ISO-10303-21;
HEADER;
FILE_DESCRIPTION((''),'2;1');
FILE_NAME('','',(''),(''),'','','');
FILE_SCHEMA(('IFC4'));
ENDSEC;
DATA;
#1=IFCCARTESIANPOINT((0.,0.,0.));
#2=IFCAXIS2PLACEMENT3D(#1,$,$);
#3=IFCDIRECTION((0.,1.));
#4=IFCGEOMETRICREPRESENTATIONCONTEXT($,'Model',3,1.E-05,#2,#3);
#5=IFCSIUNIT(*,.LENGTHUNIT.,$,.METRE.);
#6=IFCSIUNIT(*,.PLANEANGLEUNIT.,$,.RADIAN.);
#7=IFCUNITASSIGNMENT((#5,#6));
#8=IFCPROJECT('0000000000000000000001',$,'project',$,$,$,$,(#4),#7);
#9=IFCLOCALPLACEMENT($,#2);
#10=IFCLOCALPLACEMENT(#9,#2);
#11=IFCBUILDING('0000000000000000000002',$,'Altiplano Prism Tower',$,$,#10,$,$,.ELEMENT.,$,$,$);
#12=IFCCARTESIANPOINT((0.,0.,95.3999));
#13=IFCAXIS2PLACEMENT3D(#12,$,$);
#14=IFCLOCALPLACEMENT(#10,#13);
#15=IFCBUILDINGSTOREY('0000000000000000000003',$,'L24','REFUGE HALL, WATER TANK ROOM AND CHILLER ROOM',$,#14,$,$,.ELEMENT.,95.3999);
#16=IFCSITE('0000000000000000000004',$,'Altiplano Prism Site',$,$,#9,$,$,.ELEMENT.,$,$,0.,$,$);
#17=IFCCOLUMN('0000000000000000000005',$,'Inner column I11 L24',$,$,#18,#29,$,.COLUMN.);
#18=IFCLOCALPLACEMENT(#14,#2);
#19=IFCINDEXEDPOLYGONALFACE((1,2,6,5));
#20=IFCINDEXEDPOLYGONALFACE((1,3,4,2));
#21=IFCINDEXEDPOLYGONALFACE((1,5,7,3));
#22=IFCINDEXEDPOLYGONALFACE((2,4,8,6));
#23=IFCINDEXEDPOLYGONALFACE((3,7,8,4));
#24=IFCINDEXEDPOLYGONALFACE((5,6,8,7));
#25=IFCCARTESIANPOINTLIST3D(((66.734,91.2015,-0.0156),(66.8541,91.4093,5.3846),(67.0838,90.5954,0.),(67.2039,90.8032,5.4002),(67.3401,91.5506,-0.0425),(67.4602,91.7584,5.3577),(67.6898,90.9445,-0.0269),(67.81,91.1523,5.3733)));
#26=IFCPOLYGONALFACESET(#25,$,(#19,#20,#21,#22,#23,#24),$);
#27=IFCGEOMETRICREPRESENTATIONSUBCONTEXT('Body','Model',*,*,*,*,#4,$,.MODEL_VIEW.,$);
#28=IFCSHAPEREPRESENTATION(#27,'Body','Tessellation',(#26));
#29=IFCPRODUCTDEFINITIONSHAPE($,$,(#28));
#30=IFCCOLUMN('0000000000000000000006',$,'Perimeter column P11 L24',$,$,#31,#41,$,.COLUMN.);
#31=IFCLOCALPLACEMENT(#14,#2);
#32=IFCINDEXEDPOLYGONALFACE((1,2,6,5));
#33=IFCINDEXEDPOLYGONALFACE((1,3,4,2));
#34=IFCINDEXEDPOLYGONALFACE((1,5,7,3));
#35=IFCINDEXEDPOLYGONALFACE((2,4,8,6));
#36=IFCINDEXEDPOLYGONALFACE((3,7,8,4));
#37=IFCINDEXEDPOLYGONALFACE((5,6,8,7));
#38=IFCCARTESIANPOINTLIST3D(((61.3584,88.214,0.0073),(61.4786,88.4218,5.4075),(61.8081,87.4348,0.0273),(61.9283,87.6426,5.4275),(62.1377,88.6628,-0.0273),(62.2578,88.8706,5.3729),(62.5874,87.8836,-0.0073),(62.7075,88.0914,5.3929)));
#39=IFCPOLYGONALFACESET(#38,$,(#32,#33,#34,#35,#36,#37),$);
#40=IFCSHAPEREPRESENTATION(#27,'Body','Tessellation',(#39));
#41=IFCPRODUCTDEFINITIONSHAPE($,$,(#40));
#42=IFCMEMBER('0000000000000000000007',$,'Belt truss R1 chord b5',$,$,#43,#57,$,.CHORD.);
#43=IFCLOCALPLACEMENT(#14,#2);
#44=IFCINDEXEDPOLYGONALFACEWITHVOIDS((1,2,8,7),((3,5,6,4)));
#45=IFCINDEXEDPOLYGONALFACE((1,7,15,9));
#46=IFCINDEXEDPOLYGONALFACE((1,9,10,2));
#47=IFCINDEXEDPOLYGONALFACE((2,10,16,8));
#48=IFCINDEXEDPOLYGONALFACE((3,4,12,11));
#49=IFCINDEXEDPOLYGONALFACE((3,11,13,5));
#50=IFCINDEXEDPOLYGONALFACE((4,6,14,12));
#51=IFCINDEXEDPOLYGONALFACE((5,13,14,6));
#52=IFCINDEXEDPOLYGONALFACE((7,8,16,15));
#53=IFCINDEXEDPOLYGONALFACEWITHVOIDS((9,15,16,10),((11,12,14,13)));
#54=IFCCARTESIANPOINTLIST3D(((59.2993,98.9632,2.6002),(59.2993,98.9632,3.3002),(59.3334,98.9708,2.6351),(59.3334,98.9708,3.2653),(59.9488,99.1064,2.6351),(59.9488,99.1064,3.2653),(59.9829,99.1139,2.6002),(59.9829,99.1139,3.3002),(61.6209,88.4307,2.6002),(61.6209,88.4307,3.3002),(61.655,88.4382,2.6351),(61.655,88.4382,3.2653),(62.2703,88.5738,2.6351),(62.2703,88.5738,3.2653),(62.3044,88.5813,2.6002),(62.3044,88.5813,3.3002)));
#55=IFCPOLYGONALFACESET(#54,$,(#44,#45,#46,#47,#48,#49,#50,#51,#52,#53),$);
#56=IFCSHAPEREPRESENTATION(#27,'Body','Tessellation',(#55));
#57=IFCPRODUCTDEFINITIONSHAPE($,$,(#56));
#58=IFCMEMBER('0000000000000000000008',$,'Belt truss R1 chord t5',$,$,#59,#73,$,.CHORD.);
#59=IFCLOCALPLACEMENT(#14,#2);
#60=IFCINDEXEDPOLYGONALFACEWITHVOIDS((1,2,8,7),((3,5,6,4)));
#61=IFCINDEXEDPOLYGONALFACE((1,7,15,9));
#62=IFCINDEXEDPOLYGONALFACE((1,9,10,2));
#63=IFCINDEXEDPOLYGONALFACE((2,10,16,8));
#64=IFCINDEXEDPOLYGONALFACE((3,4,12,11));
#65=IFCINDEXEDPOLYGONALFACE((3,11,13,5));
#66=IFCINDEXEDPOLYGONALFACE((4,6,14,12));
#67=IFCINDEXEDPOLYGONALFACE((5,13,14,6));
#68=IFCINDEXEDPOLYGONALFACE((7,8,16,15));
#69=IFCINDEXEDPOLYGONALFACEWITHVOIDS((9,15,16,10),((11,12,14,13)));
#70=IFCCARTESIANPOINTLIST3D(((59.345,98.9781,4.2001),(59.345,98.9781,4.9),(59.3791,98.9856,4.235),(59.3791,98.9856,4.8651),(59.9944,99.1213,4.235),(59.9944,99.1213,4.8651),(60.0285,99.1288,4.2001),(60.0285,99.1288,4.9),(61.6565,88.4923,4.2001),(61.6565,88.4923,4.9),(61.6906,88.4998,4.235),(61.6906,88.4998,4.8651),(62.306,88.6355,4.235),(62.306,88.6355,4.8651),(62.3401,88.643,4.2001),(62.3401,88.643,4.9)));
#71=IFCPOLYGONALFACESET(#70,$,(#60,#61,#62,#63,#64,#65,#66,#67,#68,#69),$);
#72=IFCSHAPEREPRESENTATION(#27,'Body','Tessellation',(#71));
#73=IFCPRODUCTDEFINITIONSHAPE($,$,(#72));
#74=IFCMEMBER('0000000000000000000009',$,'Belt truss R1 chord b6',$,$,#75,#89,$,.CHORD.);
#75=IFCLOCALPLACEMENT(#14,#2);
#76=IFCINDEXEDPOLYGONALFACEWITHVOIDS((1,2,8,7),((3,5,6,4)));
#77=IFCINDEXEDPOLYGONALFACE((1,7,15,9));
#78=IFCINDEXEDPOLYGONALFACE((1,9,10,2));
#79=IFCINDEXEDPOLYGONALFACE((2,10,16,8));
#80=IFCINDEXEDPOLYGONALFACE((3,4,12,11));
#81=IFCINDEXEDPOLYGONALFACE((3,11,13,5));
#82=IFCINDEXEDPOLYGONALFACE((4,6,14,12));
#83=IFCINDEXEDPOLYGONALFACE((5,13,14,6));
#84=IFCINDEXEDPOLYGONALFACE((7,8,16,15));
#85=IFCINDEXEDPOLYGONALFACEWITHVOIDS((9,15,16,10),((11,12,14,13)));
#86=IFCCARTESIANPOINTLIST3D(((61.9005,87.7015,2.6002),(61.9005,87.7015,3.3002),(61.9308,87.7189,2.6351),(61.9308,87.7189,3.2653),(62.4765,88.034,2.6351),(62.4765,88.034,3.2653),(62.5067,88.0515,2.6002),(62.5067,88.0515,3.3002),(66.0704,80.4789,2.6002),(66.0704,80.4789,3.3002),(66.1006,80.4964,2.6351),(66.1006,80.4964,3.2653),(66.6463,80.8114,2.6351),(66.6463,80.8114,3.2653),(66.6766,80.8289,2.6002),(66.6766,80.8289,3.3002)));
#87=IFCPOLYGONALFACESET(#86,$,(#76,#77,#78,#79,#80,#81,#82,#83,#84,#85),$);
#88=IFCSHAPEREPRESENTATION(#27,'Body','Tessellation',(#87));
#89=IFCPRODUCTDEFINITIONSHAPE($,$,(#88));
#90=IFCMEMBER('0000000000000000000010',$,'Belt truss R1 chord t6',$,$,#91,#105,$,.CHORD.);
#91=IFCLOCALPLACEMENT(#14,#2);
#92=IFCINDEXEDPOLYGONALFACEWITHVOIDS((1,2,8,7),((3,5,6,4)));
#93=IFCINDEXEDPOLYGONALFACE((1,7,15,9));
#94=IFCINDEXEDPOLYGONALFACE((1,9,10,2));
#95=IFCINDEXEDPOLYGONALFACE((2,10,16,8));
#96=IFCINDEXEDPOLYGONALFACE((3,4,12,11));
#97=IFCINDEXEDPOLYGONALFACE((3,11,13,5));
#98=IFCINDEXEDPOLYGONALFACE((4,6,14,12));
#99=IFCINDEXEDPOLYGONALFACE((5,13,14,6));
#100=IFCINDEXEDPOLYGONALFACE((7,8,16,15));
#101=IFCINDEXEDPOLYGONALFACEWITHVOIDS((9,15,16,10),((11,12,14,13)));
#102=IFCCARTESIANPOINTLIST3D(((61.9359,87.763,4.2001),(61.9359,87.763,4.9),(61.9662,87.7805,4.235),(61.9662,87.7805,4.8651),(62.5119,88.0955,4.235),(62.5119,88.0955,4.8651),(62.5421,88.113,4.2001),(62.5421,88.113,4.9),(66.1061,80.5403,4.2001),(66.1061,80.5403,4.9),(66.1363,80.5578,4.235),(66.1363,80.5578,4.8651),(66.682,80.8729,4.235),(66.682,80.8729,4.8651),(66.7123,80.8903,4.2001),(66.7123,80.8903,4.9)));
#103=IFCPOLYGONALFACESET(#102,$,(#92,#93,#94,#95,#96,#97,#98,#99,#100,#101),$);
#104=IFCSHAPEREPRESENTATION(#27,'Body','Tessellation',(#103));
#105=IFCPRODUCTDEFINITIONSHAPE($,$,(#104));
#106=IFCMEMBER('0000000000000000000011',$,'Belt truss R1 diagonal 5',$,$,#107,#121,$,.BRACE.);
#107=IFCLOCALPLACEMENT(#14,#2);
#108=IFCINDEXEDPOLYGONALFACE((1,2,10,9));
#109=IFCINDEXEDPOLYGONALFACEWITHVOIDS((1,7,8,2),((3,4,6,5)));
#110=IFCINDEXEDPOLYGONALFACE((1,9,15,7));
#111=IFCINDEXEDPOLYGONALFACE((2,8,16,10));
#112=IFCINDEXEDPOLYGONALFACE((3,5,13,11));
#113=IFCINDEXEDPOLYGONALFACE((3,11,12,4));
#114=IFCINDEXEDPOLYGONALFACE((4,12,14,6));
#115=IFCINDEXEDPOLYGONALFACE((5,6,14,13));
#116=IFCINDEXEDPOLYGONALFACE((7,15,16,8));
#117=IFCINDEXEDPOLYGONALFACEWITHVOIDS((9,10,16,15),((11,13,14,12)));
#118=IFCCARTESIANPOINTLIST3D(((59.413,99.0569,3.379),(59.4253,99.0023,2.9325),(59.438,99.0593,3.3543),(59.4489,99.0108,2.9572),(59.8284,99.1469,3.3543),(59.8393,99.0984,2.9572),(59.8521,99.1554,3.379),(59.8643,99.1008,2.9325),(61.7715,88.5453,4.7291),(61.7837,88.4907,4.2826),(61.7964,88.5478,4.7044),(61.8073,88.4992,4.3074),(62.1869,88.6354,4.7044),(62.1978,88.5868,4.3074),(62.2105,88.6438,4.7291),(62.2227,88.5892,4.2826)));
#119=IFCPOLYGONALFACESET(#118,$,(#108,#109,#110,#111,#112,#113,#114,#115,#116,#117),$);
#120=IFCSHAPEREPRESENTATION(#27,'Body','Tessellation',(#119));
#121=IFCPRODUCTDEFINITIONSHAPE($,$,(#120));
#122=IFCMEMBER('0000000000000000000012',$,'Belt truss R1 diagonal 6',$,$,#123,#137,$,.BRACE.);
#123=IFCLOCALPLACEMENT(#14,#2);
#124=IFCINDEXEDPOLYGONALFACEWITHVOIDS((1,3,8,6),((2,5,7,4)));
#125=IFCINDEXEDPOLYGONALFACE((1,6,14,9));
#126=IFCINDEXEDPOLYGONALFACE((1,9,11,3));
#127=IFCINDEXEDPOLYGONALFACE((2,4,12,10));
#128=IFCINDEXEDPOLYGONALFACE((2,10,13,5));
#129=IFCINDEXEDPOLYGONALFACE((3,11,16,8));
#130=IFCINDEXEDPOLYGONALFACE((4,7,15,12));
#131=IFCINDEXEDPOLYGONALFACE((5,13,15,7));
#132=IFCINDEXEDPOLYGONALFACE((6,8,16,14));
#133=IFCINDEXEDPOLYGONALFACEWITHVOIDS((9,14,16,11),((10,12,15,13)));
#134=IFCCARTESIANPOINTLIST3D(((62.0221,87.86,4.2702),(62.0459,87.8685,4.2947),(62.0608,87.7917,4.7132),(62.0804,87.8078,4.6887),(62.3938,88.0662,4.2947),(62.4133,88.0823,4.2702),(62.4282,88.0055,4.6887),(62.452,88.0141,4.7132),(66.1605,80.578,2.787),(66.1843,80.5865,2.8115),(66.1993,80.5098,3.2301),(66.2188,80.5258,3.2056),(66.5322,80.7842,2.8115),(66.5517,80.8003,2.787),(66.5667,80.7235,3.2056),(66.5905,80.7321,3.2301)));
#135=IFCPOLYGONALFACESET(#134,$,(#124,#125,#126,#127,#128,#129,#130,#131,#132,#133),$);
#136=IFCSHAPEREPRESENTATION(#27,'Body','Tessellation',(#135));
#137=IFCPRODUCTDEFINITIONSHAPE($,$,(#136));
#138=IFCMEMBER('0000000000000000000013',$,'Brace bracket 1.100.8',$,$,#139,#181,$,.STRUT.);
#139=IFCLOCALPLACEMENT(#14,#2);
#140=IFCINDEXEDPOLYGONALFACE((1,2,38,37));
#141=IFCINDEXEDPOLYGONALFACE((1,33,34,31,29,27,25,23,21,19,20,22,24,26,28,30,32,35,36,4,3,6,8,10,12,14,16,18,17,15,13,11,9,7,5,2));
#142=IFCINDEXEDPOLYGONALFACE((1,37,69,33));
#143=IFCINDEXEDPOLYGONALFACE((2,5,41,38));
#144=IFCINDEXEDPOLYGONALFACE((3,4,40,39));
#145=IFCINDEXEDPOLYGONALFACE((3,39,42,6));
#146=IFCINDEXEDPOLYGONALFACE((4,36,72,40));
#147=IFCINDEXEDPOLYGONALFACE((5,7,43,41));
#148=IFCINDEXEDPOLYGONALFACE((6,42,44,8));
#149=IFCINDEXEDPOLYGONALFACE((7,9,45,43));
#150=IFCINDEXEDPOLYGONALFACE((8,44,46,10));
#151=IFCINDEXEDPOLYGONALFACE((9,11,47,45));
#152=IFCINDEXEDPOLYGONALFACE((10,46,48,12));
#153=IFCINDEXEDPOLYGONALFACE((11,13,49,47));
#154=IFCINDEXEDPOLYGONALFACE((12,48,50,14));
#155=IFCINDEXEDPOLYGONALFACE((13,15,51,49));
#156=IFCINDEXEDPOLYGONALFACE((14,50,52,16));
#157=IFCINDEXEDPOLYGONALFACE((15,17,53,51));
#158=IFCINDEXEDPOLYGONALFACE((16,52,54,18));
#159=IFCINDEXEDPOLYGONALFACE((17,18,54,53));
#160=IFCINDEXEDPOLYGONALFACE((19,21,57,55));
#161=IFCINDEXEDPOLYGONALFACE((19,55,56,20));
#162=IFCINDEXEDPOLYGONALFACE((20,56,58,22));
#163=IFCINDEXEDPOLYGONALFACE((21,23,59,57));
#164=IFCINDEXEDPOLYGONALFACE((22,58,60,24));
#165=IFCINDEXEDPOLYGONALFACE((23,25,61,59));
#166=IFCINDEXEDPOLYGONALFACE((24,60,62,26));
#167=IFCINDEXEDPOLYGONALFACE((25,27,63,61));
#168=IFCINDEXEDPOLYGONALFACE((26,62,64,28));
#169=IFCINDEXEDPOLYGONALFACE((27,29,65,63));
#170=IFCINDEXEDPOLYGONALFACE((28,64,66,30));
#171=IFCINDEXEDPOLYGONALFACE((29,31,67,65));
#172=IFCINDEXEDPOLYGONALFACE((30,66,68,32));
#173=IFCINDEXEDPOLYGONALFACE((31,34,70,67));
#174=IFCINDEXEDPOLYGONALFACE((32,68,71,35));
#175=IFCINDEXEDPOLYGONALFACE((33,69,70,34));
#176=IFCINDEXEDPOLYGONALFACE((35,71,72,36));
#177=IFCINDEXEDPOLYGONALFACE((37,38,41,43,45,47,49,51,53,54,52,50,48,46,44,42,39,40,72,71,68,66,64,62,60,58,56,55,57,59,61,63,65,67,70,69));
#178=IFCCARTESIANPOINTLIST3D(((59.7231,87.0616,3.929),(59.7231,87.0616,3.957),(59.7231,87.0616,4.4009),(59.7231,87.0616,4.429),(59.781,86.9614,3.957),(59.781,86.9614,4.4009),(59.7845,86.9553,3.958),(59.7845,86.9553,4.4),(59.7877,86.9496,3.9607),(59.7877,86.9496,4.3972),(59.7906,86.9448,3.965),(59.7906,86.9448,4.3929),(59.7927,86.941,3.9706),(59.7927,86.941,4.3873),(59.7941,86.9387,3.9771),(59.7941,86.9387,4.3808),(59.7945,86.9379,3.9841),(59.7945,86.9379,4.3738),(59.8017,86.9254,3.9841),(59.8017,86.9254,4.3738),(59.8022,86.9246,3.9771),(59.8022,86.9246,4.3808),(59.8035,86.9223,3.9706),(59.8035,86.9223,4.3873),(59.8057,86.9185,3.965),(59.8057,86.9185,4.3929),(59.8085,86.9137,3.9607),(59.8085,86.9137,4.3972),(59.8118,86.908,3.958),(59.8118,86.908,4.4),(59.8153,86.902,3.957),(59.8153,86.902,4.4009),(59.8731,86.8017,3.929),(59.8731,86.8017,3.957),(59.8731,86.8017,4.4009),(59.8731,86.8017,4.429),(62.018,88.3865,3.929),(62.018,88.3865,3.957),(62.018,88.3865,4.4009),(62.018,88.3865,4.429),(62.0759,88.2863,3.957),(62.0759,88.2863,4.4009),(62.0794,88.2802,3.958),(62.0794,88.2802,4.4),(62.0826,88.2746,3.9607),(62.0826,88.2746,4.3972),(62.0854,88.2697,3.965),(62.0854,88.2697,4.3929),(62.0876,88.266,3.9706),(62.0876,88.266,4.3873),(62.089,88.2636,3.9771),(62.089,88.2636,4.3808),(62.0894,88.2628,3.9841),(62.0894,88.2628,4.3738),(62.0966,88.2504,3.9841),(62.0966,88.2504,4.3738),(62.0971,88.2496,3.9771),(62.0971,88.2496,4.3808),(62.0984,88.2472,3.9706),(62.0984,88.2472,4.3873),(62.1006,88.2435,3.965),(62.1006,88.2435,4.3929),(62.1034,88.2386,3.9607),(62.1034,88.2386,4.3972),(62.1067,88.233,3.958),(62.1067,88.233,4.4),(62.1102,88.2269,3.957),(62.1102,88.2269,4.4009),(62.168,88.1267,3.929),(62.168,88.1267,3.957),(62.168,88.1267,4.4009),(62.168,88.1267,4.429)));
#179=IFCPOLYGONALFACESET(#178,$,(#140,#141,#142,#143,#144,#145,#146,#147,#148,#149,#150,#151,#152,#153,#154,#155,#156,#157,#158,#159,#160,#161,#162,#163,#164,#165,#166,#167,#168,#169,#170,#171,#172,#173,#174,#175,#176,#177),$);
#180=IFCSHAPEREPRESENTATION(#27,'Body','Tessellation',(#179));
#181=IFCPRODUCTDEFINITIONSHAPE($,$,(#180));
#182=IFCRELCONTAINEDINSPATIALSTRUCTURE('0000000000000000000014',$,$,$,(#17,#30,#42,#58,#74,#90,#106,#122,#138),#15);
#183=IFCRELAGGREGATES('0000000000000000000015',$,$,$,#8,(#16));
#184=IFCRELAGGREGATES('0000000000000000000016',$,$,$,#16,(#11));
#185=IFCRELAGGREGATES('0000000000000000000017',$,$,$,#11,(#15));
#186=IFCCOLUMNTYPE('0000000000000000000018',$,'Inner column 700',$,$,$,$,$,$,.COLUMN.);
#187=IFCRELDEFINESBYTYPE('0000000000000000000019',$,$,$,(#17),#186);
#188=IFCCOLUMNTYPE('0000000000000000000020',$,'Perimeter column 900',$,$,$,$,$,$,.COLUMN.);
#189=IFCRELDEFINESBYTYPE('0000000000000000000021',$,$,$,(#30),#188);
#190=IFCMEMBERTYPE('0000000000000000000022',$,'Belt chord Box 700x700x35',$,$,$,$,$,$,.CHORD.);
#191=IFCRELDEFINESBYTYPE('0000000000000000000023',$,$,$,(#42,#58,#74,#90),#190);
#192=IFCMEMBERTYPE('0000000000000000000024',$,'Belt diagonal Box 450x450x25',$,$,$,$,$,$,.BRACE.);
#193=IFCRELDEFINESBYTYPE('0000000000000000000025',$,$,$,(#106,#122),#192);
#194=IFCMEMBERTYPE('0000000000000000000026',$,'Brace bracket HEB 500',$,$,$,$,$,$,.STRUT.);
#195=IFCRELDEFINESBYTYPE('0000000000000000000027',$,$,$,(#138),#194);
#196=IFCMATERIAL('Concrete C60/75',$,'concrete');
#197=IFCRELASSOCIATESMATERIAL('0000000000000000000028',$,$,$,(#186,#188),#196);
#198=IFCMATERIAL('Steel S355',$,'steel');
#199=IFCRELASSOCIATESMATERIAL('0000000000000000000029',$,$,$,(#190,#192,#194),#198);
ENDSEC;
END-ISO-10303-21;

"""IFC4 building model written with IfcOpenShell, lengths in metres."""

from ifc_helpers import new_model, si_unit, direction, frame, origin, origin_2d, place, context, subcontext, project, spatial, rectangle, hollow_rectangle, i_section, extrude, material, material_profile, profile_set, type_object, element, save


model = new_model("IFC4")

# Units and contexts
model_context = context("Model", 3, precision=1e-05, world=origin(), true_north=direction((0.0, 1.0)))
body_context = subcontext(model_context, "Body", "Model", "MODEL_VIEW")
ifc_project = project(units=[si_unit("LENGTHUNIT", "METRE"), si_unit("PLANEANGLEUNIT", "RADIAN")], contexts=[model_context])

# Site, building, storey
site_placement = place(None, origin())
site = spatial("IfcSite", under=ifc_project, at=site_placement, Name="Altiplano Prism Site", CompositionType="ELEMENT", RefElevation=0.0)
building_placement = place(site_placement, origin())
building = spatial("IfcBuilding", under=site, at=building_placement, Name="Altiplano Prism Tower", CompositionType="ELEMENT")
storey_placement = place(building_placement, frame((0.0, 0.0, 95.3999)))
storey = spatial("IfcBuildingStorey", under=building, at=storey_placement, Name="L24", Description="REFUGE HALL, WATER TANK ROOM AND CHILLER ROOM", CompositionType="ELEMENT", Elevation=95.3999)

# Columns
ifc_material_1 = material(Name="Concrete C60/75", Category="concrete")
ifc_material_profile_1 = material_profile(ifc_material_1, rectangle(XDim=0.7, YDim=0.7, at=origin_2d()), Name="Inner column 700")
ifc_profile_set_1 = profile_set([ifc_material_profile_1], Name="Concrete C60/75")
column_type_1 = type_object("IfcColumnType", Name="Inner column 700", PredefinedType="COLUMN", material=ifc_profile_set_1)
column_1_placement = place(storey_placement, frame((67.2119, 91.073, -0.0212), z_axis=(0.022221, 0.038436, 0.999014), x_axis=(-0.865896, -0.498745, 0.038449)))
element("IfcColumn", 1, at=column_1_placement, inside=storey, type_object=column_type_1, Name="Inner column I11 L24", PredefinedType="COLUMN", context=body_context, shape_type="SweptSolid", body=[
    extrude(rectangle(XDim=0.7, YDim=0.7, at=origin_2d()), origin(), (0.0, 0.0, 1.0), 5.4055),
])
ifc_material_profile_2 = material_profile(ifc_material_1, rectangle(XDim=0.8999, YDim=0.8999, at=origin_2d()), Name="Perimeter column 900")
ifc_profile_set_2 = profile_set([ifc_material_profile_2], Name="Concrete C60/75")
column_type_2 = type_object("IfcColumnType", Name="Perimeter column 900", PredefinedType="COLUMN", material=ifc_profile_set_2)
column_2_placement = place(storey_placement, frame((61.9729, 88.0488, 0.0), z_axis=(0.022221, 0.038436, 0.999014), x_axis=(-0.865896, -0.498745, 0.038449)))
element("IfcColumn", 2, at=column_2_placement, inside=storey, type_object=column_type_2, Name="Perimeter column P11 L24", PredefinedType="COLUMN", context=body_context, shape_type="SweptSolid", body=[
    extrude(rectangle(XDim=0.8999, YDim=0.8999, at=origin_2d()), origin(), (0.0, 0.0, 1.0), 5.4055),
])

# Members
ifc_material_2 = material(Name="Steel S355", Category="steel")
ifc_material_profile_3 = material_profile(ifc_material_2, hollow_rectangle(XDim=0.7, YDim=0.7, WallThickness=0.0349, at=origin_2d()), Name="Belt chord Box 700x700x35")
ifc_profile_set_3 = profile_set([ifc_material_profile_3], Name="Steel S355")
member_type_1 = type_object("IfcMemberType", Name="Belt chord Box 700x700x35", PredefinedType="CHORD", material=ifc_profile_set_3)
member_1_placement = place(storey_placement, frame((59.6411, 99.0386, 2.9502), z_axis=(0.21525, -0.976559, 0.0), x_axis=(0.976559, 0.21525, 0.0)))
element("IfcMember", 3, at=member_1_placement, inside=storey, type_object=member_type_1, Name="Belt truss R1 chord b5", PredefinedType="CHORD", context=body_context, shape_type="SweptSolid", body=[
    extrude(hollow_rectangle(XDim=0.7, YDim=0.7, WallThickness=0.0349, at=origin_2d()), origin(), (0.0, 0.0, 1.0), 10.7854),
])
member_2_placement = place(storey_placement, frame((59.6868, 99.0535, 4.55), z_axis=(0.215274, -0.976554, 0.0), x_axis=(0.976554, 0.215274, 0.0)))
element("IfcMember", 4, at=member_2_placement, inside=storey, type_object=member_type_1, Name="Belt truss R1 chord t5", PredefinedType="CHORD", context=body_context, shape_type="SweptSolid", body=[
    extrude(hollow_rectangle(XDim=0.7, YDim=0.7, WallThickness=0.0349, at=origin_2d()), origin(), (0.0, 0.0, 1.0), 10.7375),
])
member_3_placement = place(storey_placement, frame((62.2036, 87.8765, 2.9502), z_axis=(0.499993, -0.86603, 0.0), x_axis=(0.86603, 0.499993, 0.0)))
element("IfcMember", 5, at=member_3_placement, inside=storey, type_object=member_type_1, Name="Belt truss R1 chord b6", PredefinedType="CHORD", context=body_context, shape_type="SweptSolid", body=[
    extrude(hollow_rectangle(XDim=0.7, YDim=0.7, WallThickness=0.0349, at=origin_2d()), origin(), (0.0, 0.0, 1.0), 8.3398),
])
member_4_placement = place(storey_placement, frame((62.239, 87.938, 4.55), z_axis=(0.500015, -0.866017, 0.0), x_axis=(0.866017, 0.500015, 0.0)))
element("IfcMember", 6, at=member_4_placement, inside=storey, type_object=member_type_1, Name="Belt truss R1 chord t6", PredefinedType="CHORD", context=body_context, shape_type="SweptSolid", body=[
    extrude(hollow_rectangle(XDim=0.7, YDim=0.7, WallThickness=0.0349, at=origin_2d()), origin(), (0.0, 0.0, 1.0), 8.3401),
])
ifc_material_profile_4 = material_profile(ifc_material_2, hollow_rectangle(XDim=0.45, YDim=0.45, WallThickness=0.0249, at=origin_2d()), Name="Belt diagonal Box 450x450x25")
ifc_profile_set_4 = profile_set([ifc_material_profile_4], Name="Steel S355")
member_type_2 = type_object("IfcMemberType", Name="Belt diagonal Box 450x450x25", PredefinedType="BRACE", material=ifc_profile_set_4)
member_5_placement = place(storey_placement, frame((59.6387, 99.0789, 3.1558), z_axis=(0.217222, -0.968169, 0.124352), x_axis=(0.975742, 0.218922, 0.0)))
element("IfcMember", 7, at=member_5_placement, inside=storey, type_object=member_type_2, Name="Belt truss R1 diagonal 5", PredefinedType="BRACE", context=body_context, shape_type="SweptSolid", body=[
    extrude(hollow_rectangle(XDim=0.45, YDim=0.45, WallThickness=0.0249, at=origin_2d()), origin(), (0.0, 0.0, 1.0), 10.8572),
])
member_6_placement = place(storey_placement, frame((62.2371, 87.937, 4.4917), z_axis=(0.486525, -0.85609, -0.174364), x_axis=(0.869408, 0.494094, 0.0)))
element("IfcMember", 8, at=member_6_placement, inside=storey, type_object=member_type_2, Name="Belt truss R1 diagonal 6", PredefinedType="BRACE", context=body_context, shape_type="SweptSolid", body=[
    extrude(hollow_rectangle(XDim=0.45, YDim=0.45, WallThickness=0.0249, at=origin_2d()), origin(), (0.0, 0.0, 1.0), 8.5061),
])
ifc_material_profile_5 = material_profile(ifc_material_2, i_section(OverallWidth=0.3, OverallDepth=0.5, WebThickness=0.0144, FlangeThickness=0.0281, FilletRadius=0.0271, at=origin_2d()), Name="Brace bracket HEB 500")
ifc_profile_set_5 = profile_set([ifc_material_profile_5], Name="Steel S355")
member_type_3 = type_object("IfcMemberType", Name="Brace bracket HEB 500", PredefinedType="STRUT", material=ifc_profile_set_5)
member_7_placement = place(storey_placement, frame((62.093, 88.2566, 4.179), z_axis=(-0.866029, -0.499994, 0.0), x_axis=(0.499994, -0.866029, 0.0)))
element("IfcMember", 9, at=member_7_placement, inside=storey, type_object=member_type_3, Name="Brace bracket 1.100.8", PredefinedType="STRUT", context=body_context, shape_type="SweptSolid", body=[
    extrude(i_section(OverallWidth=0.3, OverallDepth=0.5, WebThickness=0.0144, FlangeThickness=0.0281, FilletRadius=0.0271, at=origin_2d()), origin(), (0.0, 0.0, 1.0), 2.6499),
])

save(model, "model.ifc")
